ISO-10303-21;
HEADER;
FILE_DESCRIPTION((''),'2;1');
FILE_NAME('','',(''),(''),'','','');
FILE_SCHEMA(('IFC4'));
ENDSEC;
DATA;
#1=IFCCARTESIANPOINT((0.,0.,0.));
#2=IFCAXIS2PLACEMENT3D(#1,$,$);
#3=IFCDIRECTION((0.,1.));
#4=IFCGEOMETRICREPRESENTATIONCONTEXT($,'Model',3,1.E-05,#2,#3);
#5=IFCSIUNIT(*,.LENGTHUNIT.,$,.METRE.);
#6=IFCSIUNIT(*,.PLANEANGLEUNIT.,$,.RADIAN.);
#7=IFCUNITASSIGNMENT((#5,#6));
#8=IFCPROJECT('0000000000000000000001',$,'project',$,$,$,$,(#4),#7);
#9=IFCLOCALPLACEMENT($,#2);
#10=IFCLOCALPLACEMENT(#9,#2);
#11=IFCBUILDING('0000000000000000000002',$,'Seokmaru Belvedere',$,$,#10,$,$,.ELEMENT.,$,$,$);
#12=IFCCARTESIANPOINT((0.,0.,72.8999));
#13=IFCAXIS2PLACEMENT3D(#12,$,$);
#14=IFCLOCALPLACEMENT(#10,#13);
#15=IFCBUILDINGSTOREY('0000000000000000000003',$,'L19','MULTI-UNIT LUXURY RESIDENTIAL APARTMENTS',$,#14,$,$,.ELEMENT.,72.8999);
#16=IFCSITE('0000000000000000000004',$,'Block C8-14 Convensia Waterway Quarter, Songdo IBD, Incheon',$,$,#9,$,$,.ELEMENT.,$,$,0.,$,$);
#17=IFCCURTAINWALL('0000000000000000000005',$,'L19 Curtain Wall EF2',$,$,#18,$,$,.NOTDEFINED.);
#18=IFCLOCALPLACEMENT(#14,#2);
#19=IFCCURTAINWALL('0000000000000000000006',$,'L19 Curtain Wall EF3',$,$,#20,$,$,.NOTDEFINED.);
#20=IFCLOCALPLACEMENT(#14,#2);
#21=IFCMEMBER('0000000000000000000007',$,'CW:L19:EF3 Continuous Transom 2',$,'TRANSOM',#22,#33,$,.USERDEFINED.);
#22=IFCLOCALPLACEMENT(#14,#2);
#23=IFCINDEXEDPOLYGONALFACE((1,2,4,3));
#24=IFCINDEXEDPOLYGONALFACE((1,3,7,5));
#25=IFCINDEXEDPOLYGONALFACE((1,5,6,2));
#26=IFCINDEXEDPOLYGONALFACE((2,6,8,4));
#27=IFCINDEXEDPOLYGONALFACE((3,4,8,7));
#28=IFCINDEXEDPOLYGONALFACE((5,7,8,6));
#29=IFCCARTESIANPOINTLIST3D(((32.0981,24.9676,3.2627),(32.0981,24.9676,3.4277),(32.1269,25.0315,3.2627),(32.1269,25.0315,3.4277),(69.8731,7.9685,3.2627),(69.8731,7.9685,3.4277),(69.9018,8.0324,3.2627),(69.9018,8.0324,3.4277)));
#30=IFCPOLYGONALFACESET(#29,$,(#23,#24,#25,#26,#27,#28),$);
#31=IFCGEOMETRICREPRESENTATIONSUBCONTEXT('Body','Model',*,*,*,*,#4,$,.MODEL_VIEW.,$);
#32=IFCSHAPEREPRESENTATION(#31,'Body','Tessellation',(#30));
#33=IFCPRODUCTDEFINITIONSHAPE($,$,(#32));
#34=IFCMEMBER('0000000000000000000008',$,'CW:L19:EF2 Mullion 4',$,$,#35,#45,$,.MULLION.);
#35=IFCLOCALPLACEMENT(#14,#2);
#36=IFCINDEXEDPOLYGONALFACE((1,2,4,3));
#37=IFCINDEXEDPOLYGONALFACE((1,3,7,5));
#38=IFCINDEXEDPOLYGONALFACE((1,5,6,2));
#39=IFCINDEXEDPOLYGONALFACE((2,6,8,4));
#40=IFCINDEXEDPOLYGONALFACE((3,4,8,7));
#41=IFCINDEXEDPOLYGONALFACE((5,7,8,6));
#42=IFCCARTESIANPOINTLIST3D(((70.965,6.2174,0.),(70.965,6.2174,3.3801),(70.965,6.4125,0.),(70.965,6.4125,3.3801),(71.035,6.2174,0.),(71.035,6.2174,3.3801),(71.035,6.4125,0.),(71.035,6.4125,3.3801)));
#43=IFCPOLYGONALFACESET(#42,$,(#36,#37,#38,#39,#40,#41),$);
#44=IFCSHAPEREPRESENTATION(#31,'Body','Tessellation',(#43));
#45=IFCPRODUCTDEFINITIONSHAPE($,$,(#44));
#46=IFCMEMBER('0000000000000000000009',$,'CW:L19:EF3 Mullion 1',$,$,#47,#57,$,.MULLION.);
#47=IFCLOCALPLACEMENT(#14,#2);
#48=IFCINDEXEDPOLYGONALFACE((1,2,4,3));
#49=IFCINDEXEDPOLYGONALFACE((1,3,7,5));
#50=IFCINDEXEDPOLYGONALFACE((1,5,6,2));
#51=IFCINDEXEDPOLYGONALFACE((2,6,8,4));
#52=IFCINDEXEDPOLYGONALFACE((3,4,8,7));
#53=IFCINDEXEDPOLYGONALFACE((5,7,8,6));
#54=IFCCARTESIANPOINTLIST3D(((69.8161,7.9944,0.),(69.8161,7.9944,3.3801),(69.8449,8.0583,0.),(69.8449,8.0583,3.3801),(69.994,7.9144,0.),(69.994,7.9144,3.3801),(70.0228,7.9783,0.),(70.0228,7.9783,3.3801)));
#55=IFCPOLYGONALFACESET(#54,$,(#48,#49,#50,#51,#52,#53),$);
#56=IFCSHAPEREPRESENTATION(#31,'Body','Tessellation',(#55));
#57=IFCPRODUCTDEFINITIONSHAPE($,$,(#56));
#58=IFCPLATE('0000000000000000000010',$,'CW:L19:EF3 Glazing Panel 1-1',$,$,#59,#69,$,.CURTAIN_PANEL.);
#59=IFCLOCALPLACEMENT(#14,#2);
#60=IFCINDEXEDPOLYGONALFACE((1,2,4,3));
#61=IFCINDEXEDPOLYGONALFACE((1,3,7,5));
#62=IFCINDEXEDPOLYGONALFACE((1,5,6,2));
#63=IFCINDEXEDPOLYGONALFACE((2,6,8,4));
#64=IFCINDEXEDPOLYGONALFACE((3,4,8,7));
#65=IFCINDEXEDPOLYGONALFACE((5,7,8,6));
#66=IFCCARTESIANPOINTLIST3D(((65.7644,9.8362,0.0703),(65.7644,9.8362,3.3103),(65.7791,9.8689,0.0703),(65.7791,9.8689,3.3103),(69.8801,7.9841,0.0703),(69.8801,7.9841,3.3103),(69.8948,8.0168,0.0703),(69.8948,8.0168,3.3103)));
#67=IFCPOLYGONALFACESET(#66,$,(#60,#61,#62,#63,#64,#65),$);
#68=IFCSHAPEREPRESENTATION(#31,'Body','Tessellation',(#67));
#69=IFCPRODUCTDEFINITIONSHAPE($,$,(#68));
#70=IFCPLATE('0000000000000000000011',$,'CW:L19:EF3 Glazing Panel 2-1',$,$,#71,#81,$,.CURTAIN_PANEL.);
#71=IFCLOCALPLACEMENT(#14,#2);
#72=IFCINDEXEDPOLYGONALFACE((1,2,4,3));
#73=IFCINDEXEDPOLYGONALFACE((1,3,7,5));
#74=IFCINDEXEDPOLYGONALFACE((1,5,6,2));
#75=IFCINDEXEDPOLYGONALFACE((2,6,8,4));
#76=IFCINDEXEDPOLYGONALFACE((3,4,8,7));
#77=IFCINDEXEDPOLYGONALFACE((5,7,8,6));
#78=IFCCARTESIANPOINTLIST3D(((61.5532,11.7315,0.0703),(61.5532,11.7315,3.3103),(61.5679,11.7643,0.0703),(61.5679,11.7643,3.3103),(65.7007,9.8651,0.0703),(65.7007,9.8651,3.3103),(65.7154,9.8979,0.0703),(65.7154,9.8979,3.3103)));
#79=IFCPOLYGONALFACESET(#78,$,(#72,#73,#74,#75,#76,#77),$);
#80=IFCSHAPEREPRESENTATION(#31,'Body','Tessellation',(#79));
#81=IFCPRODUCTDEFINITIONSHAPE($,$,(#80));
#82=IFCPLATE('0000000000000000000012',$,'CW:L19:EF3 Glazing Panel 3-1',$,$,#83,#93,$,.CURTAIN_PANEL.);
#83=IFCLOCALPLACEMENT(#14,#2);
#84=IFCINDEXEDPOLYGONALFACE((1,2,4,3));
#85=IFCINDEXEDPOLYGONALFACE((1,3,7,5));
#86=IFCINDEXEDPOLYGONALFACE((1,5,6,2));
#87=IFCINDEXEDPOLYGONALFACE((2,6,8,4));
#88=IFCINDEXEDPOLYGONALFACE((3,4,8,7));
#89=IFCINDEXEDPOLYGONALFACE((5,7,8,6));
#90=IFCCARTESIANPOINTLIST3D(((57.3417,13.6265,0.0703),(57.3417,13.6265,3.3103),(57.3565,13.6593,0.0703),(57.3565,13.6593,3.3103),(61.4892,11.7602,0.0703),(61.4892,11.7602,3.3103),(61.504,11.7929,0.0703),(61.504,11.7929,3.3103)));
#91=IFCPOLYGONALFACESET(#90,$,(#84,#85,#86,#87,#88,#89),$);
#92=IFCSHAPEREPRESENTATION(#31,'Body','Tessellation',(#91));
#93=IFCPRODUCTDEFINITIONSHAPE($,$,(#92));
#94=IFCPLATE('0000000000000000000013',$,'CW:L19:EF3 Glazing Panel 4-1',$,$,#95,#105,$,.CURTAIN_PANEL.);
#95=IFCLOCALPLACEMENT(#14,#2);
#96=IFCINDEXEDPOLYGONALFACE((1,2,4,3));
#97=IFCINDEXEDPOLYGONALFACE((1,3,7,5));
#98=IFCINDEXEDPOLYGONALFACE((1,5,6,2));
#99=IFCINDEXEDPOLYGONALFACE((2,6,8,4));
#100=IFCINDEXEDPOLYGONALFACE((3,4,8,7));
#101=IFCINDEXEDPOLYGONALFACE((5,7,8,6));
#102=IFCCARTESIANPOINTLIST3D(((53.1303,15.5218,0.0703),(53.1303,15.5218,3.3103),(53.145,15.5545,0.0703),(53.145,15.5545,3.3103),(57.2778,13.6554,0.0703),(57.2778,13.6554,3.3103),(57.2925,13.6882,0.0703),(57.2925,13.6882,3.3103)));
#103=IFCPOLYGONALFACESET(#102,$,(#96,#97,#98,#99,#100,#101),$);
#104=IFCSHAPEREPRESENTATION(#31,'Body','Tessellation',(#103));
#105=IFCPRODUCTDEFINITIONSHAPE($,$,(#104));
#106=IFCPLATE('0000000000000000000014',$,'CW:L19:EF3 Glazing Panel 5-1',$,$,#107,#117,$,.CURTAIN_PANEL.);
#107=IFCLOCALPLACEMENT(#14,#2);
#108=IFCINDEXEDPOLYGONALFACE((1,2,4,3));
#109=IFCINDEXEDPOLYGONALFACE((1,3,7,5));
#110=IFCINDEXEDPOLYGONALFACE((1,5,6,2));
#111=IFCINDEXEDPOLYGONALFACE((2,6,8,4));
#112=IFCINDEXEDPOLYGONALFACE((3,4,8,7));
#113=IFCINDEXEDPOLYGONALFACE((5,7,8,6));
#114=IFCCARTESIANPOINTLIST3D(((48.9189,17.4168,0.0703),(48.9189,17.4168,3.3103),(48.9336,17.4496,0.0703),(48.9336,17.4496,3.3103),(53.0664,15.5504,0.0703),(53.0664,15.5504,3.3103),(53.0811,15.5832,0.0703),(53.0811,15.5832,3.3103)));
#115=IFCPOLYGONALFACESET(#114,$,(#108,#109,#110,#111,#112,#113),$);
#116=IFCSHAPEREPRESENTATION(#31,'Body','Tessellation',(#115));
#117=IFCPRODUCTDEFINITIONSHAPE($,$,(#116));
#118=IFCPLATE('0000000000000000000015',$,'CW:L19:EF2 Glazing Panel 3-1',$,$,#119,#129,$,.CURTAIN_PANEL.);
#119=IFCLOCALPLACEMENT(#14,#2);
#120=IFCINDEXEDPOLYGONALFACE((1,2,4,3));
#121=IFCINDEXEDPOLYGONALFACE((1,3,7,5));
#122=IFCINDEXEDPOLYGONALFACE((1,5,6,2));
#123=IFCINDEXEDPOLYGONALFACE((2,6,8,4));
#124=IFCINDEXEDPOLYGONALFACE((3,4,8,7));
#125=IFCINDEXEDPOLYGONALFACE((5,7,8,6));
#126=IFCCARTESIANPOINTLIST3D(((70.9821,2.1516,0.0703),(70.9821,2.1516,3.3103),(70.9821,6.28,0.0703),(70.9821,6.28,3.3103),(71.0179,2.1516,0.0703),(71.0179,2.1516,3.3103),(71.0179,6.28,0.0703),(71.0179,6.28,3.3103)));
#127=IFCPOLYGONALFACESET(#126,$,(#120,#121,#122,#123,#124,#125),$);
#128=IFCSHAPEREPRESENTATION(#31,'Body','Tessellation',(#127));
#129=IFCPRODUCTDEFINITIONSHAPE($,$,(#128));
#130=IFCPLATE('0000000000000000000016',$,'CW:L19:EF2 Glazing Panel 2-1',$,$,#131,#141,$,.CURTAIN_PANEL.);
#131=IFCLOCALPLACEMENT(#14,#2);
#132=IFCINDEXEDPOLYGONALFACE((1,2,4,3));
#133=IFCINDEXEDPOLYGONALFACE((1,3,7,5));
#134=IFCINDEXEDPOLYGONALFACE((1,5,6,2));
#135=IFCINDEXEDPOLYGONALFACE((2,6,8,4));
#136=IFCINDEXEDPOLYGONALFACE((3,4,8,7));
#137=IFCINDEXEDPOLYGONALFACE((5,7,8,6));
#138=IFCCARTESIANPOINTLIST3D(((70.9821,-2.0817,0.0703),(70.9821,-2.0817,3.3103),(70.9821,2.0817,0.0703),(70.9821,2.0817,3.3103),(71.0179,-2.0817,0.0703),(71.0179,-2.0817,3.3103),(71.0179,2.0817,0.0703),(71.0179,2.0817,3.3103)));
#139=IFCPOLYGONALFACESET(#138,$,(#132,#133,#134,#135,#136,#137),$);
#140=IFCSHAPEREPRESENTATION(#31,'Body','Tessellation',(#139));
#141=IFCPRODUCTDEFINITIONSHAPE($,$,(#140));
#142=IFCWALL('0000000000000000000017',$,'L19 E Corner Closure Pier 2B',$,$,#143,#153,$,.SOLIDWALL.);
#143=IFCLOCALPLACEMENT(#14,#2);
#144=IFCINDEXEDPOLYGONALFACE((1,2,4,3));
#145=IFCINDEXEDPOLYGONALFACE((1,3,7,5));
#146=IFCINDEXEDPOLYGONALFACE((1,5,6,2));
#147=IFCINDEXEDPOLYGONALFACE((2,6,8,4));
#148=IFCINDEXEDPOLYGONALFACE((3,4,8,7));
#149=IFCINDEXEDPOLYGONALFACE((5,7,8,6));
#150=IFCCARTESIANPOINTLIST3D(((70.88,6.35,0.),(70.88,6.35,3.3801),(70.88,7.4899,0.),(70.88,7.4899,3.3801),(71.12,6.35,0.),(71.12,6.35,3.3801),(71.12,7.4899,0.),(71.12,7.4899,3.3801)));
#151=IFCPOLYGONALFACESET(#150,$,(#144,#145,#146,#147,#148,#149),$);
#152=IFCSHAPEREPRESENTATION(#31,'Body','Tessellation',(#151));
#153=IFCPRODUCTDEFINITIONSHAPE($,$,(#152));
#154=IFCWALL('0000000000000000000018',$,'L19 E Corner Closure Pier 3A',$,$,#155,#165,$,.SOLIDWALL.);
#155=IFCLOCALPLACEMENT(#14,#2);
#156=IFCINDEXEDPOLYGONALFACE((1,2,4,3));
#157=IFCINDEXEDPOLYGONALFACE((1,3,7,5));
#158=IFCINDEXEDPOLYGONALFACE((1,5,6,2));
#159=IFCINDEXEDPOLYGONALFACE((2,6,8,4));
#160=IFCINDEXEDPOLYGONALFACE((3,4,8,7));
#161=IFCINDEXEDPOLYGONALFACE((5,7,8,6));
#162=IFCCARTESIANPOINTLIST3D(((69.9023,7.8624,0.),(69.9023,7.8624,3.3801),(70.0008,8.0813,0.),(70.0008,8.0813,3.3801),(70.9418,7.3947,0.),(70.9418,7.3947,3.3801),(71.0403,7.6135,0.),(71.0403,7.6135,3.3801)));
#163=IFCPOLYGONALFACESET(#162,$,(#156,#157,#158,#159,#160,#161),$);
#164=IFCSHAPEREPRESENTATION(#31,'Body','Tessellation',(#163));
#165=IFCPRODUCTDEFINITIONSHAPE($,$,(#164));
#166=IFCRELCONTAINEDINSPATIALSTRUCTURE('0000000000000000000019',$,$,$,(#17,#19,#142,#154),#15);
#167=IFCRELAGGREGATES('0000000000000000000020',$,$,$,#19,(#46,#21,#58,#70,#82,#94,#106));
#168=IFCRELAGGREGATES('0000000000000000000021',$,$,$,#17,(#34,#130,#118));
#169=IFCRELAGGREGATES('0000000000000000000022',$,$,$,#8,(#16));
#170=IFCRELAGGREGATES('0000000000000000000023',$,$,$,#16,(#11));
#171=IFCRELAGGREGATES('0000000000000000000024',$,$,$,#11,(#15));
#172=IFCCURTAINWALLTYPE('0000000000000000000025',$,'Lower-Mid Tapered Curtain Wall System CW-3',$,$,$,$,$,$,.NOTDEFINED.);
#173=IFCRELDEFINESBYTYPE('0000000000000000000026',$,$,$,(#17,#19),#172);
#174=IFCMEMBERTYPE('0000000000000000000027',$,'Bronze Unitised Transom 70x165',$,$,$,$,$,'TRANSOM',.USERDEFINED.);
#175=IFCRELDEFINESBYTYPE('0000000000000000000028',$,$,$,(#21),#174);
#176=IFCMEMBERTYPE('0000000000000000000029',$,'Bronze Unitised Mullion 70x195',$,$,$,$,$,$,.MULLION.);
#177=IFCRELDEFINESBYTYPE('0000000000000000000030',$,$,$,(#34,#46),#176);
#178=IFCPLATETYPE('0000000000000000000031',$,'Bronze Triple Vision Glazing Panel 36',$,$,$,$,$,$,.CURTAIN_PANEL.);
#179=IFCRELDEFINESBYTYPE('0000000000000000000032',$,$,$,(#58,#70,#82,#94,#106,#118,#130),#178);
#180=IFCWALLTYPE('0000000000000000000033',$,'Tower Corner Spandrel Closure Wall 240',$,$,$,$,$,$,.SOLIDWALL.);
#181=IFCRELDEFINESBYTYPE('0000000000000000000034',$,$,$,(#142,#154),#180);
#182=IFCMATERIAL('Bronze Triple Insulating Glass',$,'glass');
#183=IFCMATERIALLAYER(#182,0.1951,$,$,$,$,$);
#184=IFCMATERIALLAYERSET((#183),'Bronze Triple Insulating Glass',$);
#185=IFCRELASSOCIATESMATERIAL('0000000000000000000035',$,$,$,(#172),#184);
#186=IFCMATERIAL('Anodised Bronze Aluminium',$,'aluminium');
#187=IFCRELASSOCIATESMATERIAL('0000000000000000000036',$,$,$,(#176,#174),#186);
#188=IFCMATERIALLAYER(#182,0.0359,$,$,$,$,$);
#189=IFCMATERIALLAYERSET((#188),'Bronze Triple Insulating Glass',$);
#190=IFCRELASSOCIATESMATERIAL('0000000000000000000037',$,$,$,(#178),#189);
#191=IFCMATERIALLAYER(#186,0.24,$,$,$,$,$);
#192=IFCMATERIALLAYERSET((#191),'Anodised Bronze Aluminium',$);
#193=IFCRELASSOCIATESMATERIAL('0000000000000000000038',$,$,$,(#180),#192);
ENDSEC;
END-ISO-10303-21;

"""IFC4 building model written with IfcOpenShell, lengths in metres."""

from ifc_helpers import new_model, si_unit, direction, frame, frame_2d, origin, origin_2d, place, context, subcontext, project, spatial, rectangle, extrude, source, transform, mapped, material, layer, layer_set, material_profile, profile_set, type_object, type_shapes, element, aggregate, save


model = new_model("IFC4")

# Units and contexts
model_context = context("Model", 3, precision=1e-05, world=origin(), true_north=direction((0.0, 1.0)))
body_context = subcontext(model_context, "Body", "Model", "MODEL_VIEW")
ifc_project = project(units=[si_unit("LENGTHUNIT", "METRE"), si_unit("PLANEANGLEUNIT", "RADIAN")], contexts=[model_context])

# Site, building, storey
site_placement = place(None, origin())
site = spatial("IfcSite", under=ifc_project, at=site_placement, Name="Block C8-14 Convensia Waterway Quarter, Songdo IBD, Incheon", CompositionType="ELEMENT", RefElevation=0.0)
building_placement = place(site_placement, origin())
building = spatial("IfcBuilding", under=site, at=building_placement, Name="Seokmaru Belvedere", CompositionType="ELEMENT")
storey_placement = place(building_placement, frame((0.0, 0.0, 72.8999)))
storey = spatial("IfcBuildingStorey", under=building, at=storey_placement, Name="L19", Description="MULTI-UNIT LUXURY RESIDENTIAL APARTMENTS", CompositionType="ELEMENT", Elevation=72.8999)

# Curtain wall
ifc_material_1 = material(Name="Bronze Triple Insulating Glass", Category="glass")
ifc_layer_1 = layer(ifc_material_1, 0.1951)
ifc_layer_set_1 = layer_set([ifc_layer_1], Name="Bronze Triple Insulating Glass")
curtain_wall_type = type_object("IfcCurtainWallType", Name="Lower-Mid Tapered Curtain Wall System CW-3", PredefinedType="NOTDEFINED", material=ifc_layer_set_1)
curtain_wall_1_placement = place(storey_placement, origin())
curtain_wall_1 = element("IfcCurtainWall", 1, at=curtain_wall_1_placement, inside=storey, type_object=curtain_wall_type, Name="L19 Curtain Wall EF2", PredefinedType="NOTDEFINED")
ifc_material_2 = material(Name="Anodised Bronze Aluminium", Category="aluminium")
ifc_material_profile_1 = material_profile(ifc_material_2, rectangle(XDim=0.0701, YDim=0.1951, at=origin_2d()), Name="CW-M-70x195")
ifc_profile_set_1 = profile_set([ifc_material_profile_1], Name="Anodised Bronze Aluminium")
member_type_1 = type_object("IfcMemberType", Name="Bronze Unitised Mullion 70x195", PredefinedType="MULLION", material=ifc_profile_set_1)

# Curtain wall, member
curtain_wall_2_placement = place(storey_placement, origin())
curtain_wall_2 = element("IfcCurtainWall", 2, at=curtain_wall_2_placement, inside=storey, type_object=curtain_wall_type, Name="L19 Curtain Wall EF3", PredefinedType="NOTDEFINED")
ifc_material_profile_2 = material_profile(ifc_material_2, rectangle(XDim=0.0701, YDim=0.165, at=origin_2d()), Name="CW-T-70x165")
ifc_profile_set_2 = profile_set([ifc_material_profile_2], Name="Anodised Bronze Aluminium")
member_type_2 = type_object("IfcMemberType", Name="Bronze Unitised Transom 70x165", ElementType="TRANSOM", PredefinedType="USERDEFINED", material=ifc_profile_set_2)
shared_shape_1 = source(origin(), body_context, "Body", "SweptSolid", [
    extrude(rectangle(XDim=0.0701, YDim=0.165, at=origin_2d()), origin(), (0.0, 0.0, 1.0), 41.4236),
])
type_shapes(member_type_2, [shared_shape_1])
member_1_placement = place(storey_placement, frame((69.8875, 8.0005, 3.3452), z_axis=(-0.911919, 0.410371, 0.0), x_axis=(-0.410371, -0.911919, 0.0)))
member_1 = element("IfcMember", 3, at=member_1_placement, type_object=member_type_2, Name="CW:L19:EF3 Continuous Transom 2", ObjectType="TRANSOM", PredefinedType="USERDEFINED", context=body_context, shape_type="MappedRepresentation", body=[
    mapped(shared_shape_1, transform((0.0, 0.0, 0.0), scale=1.0)),
])

# Members
shared_shape_2 = source(origin(), body_context, "Body", "SweptSolid", [
    extrude(rectangle(XDim=0.0701, YDim=0.1951, at=origin_2d()), origin(), (0.0, 0.0, 1.0), 3.3801),
])
member_2_placement = place(storey_placement, frame((71.0, 6.3149, 0.0), z_axis=(0.0, 0.0, 1.0), x_axis=(-1.0, 0.0, 0.0)))
member_2 = element("IfcMember", 4, at=member_2_placement, type_object=member_type_1, Name="CW:L19:EF2 Mullion 4", PredefinedType="MULLION", context=body_context, shape_type="MappedRepresentation", body=[
    mapped(shared_shape_2, transform((0.0, 0.0, 0.0), scale=1.0)),
])
member_3_placement = place(storey_placement, frame((69.9194, 7.9863, 0.0), z_axis=(0.0, 0.0, 1.0), x_axis=(-0.410366, -0.911921, 0.0)))
member_3 = element("IfcMember", 5, at=member_3_placement, type_object=member_type_1, Name="CW:L19:EF3 Mullion 1", PredefinedType="MULLION", context=body_context, shape_type="MappedRepresentation", body=[
    mapped(shared_shape_2, transform((0.0, 0.0, 0.0), scale=1.0)),
])

# Plates
ifc_layer_2 = layer(ifc_material_1, 0.0359)
ifc_layer_set_2 = layer_set([ifc_layer_2], Name="Bronze Triple Insulating Glass")
plate_type = type_object("IfcPlateType", Name="Bronze Triple Vision Glazing Panel 36", PredefinedType="CURTAIN_PANEL", material=ifc_layer_set_2)
shared_shape_3 = source(origin(), body_context, "Body", "SweptSolid", [
    extrude(rectangle(XDim=4.5132, YDim=0.0359, at=origin_2d()), origin(), (0.0, 0.0, 1.0), 3.24),
])
plate_1_placement = place(storey_placement, frame((67.8296, 8.9265, 0.0703), z_axis=(0.0, 0.0, 1.0), x_axis=(-0.911921, 0.410366, 0.0)))
plate_1 = element("IfcPlate", 6, at=plate_1_placement, type_object=plate_type, Name="CW:L19:EF3 Glazing Panel 1-1", PredefinedType="CURTAIN_PANEL", context=body_context, shape_type="MappedRepresentation", body=[
    mapped(shared_shape_3, transform((0.0, 0.0, 0.0), scale=1.0)),
])
shared_shape_4 = source(origin(), body_context, "Body", "SweptSolid", [
    extrude(rectangle(XDim=4.5481, YDim=0.0359, at=origin_2d()), origin(), (0.0, 0.0, 1.0), 3.24),
])
plate_2_placement = place(storey_placement, frame((63.6343, 10.8147, 0.0703), z_axis=(0.0, 0.0, 1.0), x_axis=(-0.911921, 0.410366, 0.0)))
plate_2 = element("IfcPlate", 7, at=plate_2_placement, type_object=plate_type, Name="CW:L19:EF3 Glazing Panel 2-1", PredefinedType="CURTAIN_PANEL", context=body_context, shape_type="MappedRepresentation", body=[
    mapped(shared_shape_4, transform((0.0, 0.0, 0.0), scale=1.0)),
])
plate_3_placement = place(storey_placement, frame((59.4229, 12.7097, 0.0703), z_axis=(0.0, 0.0, 1.0), x_axis=(-0.911921, 0.410366, 0.0)))
plate_3 = element("IfcPlate", 8, at=plate_3_placement, type_object=plate_type, Name="CW:L19:EF3 Glazing Panel 3-1", PredefinedType="CURTAIN_PANEL", context=body_context, shape_type="MappedRepresentation", body=[
    mapped(shared_shape_4, transform((0.0, 0.0, 0.0), scale=1.0)),
])
plate_4_placement = place(storey_placement, frame((55.2114, 14.605, 0.0703), z_axis=(0.0, 0.0, 1.0), x_axis=(-0.911921, 0.410366, 0.0)))
plate_4 = element("IfcPlate", 9, at=plate_4_placement, type_object=plate_type, Name="CW:L19:EF3 Glazing Panel 4-1", PredefinedType="CURTAIN_PANEL", context=body_context, shape_type="MappedRepresentation", body=[
    mapped(shared_shape_4, transform((0.0, 0.0, 0.0), scale=1.0)),
])
plate_5_placement = place(storey_placement, frame((51.0, 16.5, 0.0703), z_axis=(0.0, 0.0, 1.0), x_axis=(-0.911921, 0.410366, 0.0)))
plate_5 = element("IfcPlate", 10, at=plate_5_placement, type_object=plate_type, Name="CW:L19:EF3 Glazing Panel 5-1", PredefinedType="CURTAIN_PANEL", context=body_context, shape_type="MappedRepresentation", body=[
    mapped(shared_shape_4, transform((0.0, 0.0, 0.0), scale=1.0)),
])
aggregate(curtain_wall_2, [member_3, member_1, plate_1, plate_2, plate_3, plate_4, plate_5])
shared_shape_5 = source(origin(), body_context, "Body", "SweptSolid", [
    extrude(rectangle(XDim=4.1284, YDim=0.0359, at=origin_2d()), origin(), (0.0, 0.0, 1.0), 3.24),
])
plate_6_placement = place(storey_placement, frame((71.0, 4.2158, 0.0703), z_axis=(0.0, 0.0, 1.0), x_axis=(0.0, 1.0, 0.0)))
plate_6 = element("IfcPlate", 11, at=plate_6_placement, type_object=plate_type, Name="CW:L19:EF2 Glazing Panel 3-1", PredefinedType="CURTAIN_PANEL", context=body_context, shape_type="MappedRepresentation", body=[
    mapped(shared_shape_5, transform((0.0, 0.0, 0.0), scale=1.0)),
])
shared_shape_6 = source(origin(), body_context, "Body", "SweptSolid", [
    extrude(rectangle(XDim=4.1633, YDim=0.0359, at=origin_2d()), origin(), (0.0, 0.0, 1.0), 3.24),
])
type_shapes(plate_type, [shared_shape_3, shared_shape_4, shared_shape_5, shared_shape_6])
plate_7_placement = place(storey_placement, frame((71.0, 0.0, 0.0703), z_axis=(0.0, 0.0, 1.0), x_axis=(0.0, 1.0, 0.0)))
plate_7 = element("IfcPlate", 12, at=plate_7_placement, type_object=plate_type, Name="CW:L19:EF2 Glazing Panel 2-1", PredefinedType="CURTAIN_PANEL", context=body_context, shape_type="MappedRepresentation", body=[
    mapped(shared_shape_6, transform((0.0, 0.0, 0.0), scale=1.0)),
])
aggregate(curtain_wall_1, [member_2, plate_7, plate_6])

# Walls
ifc_layer_3 = layer(ifc_material_2, 0.24)
ifc_layer_set_3 = layer_set([ifc_layer_3], Name="Anodised Bronze Aluminium")
wall_type = type_object("IfcWallType", Name="Tower Corner Spandrel Closure Wall 240", PredefinedType="SOLIDWALL", material=ifc_layer_set_3)
for number, where, z_axis, x_axis, name in (
    (13, (71.0, 6.3501, 0.0), (0.0, 0.0, 1.0), (0.0, 1.0, 0.0), "L19 E Corner Closure Pier 2B"),
    (14, (70.991, 7.5042, 0.0), (0.0, 0.0, 1.0), (-0.91193, 0.410347, 0.0), "L19 E Corner Closure Pier 3A"),
):
    element("IfcWall", number, at=place(storey_placement, frame(where, z_axis=z_axis, x_axis=x_axis)), inside=storey, type_object=wall_type, Name=name, PredefinedType="SOLIDWALL", context=body_context, shape_type="SweptSolid", body=[
        extrude(rectangle(XDim=1.1399, YDim=0.24, at=frame_2d((0.5698, 0.0))), origin(), (0.0, 0.0, 1.0), 3.3801),
    ])

save(model, "model.ifc")
